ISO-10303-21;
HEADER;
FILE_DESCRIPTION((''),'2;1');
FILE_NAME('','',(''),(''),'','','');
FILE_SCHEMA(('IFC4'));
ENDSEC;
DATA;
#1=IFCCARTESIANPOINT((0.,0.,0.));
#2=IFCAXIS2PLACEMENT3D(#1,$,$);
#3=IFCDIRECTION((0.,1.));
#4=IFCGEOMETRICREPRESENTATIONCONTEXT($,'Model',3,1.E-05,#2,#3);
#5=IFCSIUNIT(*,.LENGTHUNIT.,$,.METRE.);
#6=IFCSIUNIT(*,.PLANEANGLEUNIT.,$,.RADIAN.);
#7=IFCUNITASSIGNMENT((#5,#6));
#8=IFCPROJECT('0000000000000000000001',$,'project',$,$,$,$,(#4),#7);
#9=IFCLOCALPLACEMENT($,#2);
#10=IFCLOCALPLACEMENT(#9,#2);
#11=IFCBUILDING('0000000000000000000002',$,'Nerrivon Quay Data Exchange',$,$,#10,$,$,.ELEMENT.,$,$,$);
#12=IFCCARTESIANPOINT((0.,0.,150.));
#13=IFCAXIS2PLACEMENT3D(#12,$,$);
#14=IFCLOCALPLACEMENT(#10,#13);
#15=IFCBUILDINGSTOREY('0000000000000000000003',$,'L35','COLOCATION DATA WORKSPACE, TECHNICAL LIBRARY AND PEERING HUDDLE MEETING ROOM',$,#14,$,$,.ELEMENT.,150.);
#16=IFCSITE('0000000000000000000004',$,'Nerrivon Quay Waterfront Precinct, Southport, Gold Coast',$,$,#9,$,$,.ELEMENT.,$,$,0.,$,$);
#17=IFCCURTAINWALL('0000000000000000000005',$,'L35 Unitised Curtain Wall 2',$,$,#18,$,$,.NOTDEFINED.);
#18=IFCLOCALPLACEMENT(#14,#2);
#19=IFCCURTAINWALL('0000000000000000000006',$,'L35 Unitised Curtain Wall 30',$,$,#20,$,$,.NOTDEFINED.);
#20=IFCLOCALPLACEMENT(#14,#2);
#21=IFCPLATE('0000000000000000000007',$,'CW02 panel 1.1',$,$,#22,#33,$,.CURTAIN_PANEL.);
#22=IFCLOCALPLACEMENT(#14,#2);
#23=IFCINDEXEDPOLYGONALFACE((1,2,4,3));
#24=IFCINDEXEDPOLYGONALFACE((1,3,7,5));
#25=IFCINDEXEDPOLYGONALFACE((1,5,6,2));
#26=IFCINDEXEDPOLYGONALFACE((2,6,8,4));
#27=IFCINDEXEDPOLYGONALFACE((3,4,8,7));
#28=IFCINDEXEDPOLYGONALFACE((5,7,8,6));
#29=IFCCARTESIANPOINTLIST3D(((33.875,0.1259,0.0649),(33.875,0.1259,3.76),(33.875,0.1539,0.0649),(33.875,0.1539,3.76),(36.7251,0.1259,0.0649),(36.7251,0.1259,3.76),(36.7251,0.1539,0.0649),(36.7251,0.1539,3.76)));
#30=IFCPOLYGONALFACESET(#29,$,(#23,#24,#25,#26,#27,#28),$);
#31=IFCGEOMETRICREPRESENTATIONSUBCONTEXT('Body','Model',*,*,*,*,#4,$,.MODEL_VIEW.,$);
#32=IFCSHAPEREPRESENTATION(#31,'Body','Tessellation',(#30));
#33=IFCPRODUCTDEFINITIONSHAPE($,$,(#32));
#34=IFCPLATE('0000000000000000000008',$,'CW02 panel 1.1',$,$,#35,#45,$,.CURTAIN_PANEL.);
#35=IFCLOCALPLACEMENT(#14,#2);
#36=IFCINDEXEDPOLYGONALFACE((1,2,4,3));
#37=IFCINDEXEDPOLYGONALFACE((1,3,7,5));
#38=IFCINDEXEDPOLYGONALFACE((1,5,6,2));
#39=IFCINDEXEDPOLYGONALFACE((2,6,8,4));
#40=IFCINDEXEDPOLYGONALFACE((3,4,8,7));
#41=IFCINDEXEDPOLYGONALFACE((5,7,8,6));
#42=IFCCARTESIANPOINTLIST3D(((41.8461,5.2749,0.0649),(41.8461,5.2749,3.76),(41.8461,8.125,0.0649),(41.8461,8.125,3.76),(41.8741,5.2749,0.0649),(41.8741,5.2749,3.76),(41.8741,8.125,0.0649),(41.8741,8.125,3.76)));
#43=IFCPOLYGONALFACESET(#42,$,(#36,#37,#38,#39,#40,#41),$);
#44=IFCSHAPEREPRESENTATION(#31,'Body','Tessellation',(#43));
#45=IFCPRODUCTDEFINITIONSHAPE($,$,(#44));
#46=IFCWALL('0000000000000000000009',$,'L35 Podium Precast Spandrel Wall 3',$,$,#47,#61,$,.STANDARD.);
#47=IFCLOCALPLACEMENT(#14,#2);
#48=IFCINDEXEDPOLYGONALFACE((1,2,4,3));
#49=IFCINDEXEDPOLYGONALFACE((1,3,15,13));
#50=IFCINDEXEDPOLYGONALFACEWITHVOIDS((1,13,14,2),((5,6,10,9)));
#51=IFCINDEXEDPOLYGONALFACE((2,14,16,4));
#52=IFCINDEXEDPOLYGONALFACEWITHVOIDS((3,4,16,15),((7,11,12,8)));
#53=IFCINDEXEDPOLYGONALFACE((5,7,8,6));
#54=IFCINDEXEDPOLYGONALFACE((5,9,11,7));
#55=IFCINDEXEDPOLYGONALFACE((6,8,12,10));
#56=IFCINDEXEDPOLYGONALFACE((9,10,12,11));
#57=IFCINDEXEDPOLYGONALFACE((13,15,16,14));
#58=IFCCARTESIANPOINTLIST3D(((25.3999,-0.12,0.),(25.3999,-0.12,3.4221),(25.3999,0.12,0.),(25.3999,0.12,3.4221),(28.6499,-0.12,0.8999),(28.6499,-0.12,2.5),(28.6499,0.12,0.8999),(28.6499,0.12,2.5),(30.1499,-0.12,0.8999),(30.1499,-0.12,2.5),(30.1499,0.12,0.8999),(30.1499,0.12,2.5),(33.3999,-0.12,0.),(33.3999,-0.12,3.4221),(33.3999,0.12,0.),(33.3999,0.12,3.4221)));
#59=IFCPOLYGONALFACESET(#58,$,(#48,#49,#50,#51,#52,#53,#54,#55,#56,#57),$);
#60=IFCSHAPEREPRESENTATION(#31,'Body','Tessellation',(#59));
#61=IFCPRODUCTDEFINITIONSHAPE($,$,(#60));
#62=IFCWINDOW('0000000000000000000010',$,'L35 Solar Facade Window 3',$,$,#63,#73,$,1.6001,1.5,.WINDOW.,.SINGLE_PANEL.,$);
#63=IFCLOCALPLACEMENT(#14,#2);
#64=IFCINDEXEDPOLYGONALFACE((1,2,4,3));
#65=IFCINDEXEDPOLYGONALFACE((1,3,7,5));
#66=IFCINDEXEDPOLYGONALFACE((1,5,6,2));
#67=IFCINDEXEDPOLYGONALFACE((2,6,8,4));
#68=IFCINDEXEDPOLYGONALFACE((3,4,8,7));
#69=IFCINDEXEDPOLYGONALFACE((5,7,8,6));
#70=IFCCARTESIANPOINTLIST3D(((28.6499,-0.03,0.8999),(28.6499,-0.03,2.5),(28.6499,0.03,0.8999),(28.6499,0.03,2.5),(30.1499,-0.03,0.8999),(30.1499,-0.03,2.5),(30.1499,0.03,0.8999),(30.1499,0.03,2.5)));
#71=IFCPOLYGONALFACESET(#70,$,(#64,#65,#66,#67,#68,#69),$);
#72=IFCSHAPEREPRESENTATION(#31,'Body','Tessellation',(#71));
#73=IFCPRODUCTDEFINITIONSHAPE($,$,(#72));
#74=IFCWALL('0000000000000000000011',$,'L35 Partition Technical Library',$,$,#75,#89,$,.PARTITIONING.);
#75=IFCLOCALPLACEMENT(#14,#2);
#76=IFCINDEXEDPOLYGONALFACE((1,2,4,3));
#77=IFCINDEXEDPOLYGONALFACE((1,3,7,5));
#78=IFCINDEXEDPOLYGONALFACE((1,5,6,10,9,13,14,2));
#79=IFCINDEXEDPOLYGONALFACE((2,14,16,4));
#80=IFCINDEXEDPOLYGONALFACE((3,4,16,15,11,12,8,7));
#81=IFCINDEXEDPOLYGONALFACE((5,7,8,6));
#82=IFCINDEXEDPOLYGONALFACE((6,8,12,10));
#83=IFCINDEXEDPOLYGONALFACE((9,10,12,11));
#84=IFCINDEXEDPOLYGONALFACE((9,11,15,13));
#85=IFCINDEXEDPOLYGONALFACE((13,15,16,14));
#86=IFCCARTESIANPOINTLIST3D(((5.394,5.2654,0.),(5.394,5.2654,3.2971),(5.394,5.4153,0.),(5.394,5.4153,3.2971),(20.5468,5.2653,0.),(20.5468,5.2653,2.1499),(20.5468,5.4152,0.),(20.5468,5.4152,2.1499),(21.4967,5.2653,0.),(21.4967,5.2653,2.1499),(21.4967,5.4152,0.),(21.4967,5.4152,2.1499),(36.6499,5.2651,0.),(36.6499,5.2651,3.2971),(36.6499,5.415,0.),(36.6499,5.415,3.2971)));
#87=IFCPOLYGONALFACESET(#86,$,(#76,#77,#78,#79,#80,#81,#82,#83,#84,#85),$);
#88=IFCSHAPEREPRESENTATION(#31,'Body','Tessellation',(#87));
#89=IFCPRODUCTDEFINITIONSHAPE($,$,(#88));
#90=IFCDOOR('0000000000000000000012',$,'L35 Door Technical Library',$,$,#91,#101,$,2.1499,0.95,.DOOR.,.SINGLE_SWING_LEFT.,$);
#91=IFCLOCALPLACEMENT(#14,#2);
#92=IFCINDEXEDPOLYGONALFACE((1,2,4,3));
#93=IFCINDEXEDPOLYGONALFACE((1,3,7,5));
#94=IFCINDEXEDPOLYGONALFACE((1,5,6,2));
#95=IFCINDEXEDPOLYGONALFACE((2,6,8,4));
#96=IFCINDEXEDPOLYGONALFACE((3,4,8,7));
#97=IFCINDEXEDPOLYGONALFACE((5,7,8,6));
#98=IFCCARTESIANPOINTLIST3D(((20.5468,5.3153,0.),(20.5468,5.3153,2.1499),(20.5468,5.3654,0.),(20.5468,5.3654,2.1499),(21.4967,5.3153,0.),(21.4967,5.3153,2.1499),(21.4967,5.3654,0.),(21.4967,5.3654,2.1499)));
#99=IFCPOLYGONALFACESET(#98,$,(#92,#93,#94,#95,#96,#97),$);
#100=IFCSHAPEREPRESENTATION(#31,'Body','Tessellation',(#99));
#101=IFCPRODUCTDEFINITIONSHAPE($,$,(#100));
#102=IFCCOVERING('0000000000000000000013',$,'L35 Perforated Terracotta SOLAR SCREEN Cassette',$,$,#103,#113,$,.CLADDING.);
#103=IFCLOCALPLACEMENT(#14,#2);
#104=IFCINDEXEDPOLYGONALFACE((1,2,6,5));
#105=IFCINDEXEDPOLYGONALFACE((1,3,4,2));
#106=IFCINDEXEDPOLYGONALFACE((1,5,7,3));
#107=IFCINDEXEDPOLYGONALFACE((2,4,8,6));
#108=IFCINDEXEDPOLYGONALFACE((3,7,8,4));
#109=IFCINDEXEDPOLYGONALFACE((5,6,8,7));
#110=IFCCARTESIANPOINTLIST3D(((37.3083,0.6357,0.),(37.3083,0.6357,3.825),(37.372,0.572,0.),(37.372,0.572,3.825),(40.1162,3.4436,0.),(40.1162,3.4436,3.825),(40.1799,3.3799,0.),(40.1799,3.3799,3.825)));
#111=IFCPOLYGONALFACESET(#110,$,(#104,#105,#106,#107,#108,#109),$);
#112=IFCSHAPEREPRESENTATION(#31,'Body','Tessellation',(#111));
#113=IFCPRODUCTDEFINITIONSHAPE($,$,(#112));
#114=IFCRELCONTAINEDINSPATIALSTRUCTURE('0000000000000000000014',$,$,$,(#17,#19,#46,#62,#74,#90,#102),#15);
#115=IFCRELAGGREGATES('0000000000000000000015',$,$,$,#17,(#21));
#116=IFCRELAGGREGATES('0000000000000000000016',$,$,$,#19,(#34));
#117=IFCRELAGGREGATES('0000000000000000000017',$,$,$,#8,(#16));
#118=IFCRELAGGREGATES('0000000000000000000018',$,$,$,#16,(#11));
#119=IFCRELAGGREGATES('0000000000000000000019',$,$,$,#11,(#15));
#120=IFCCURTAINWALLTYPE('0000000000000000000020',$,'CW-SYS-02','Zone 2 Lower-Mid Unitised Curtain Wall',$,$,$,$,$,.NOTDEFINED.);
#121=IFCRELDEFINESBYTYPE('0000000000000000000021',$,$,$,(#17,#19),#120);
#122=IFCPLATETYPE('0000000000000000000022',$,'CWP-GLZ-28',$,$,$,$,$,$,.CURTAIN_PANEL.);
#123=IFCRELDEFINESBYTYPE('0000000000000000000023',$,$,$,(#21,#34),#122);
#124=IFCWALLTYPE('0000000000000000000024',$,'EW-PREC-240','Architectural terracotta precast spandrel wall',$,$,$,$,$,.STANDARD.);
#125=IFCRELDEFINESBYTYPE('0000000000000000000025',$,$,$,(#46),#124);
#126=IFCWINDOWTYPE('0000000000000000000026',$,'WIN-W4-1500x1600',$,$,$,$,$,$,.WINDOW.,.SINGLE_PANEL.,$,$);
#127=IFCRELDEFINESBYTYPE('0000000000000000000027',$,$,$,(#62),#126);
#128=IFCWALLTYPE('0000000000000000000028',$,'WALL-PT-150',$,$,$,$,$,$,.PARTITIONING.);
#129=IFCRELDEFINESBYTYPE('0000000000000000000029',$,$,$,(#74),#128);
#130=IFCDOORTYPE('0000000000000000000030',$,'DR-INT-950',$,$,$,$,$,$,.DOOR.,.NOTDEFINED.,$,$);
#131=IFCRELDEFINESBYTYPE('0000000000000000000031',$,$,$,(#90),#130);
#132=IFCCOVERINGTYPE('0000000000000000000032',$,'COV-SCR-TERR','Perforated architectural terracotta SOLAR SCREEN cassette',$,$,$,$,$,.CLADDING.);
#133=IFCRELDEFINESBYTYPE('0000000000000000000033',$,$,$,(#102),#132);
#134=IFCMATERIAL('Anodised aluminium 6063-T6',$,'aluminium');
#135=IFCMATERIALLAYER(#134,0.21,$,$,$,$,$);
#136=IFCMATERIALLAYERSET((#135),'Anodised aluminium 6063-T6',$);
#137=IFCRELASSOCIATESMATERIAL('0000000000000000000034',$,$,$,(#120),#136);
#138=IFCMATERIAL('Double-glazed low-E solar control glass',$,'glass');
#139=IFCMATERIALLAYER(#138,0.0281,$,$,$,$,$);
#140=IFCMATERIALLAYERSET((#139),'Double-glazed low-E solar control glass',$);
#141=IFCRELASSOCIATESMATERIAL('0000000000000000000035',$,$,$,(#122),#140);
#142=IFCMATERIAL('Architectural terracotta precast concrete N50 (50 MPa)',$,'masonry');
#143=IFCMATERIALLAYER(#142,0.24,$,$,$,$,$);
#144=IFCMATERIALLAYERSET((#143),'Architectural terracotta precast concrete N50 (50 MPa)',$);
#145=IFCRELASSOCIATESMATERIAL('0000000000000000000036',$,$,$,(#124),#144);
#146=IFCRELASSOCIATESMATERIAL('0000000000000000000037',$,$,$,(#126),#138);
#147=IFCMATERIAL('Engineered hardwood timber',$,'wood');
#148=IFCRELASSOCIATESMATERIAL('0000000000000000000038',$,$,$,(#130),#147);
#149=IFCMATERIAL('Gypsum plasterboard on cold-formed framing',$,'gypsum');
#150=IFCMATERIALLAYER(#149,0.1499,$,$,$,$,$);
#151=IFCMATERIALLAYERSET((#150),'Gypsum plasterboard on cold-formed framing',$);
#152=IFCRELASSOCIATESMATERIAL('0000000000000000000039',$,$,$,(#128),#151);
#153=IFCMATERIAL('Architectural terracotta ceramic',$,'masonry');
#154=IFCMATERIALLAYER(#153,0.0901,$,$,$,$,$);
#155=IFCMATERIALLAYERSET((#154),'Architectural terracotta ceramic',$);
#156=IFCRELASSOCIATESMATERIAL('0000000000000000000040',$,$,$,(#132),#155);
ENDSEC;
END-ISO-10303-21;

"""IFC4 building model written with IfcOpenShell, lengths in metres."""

from ifc_helpers import new_model, si_unit, direction, frame, frame_2d, origin, origin_2d, place, context, subcontext, project, spatial, rectangle, extrude, material, layer, layer_set, type_object, element, fill, aggregate, save


model = new_model("IFC4")

# Units and contexts
model_context = context("Model", 3, precision=1e-05, world=origin(), true_north=direction((0.0, 1.0)))
body_context = subcontext(model_context, "Body", "Model", "MODEL_VIEW")
ifc_project = project(units=[si_unit("LENGTHUNIT", "METRE"), si_unit("PLANEANGLEUNIT", "RADIAN")], contexts=[model_context])

# Site, building, storey
site_placement = place(None, origin())
site = spatial("IfcSite", under=ifc_project, at=site_placement, Name="Nerrivon Quay Waterfront Precinct, Southport, Gold Coast", CompositionType="ELEMENT", RefElevation=0.0)
building_placement = place(site_placement, origin())
building = spatial("IfcBuilding", under=site, at=building_placement, Name="Nerrivon Quay Data Exchange", CompositionType="ELEMENT")
storey_placement = place(building_placement, frame((0.0, 0.0, 150.0)))
storey = spatial("IfcBuildingStorey", under=building, at=storey_placement, Name="L35", Description="COLOCATION DATA WORKSPACE, TECHNICAL LIBRARY AND PEERING HUDDLE MEETING ROOM", CompositionType="ELEMENT", Elevation=150.0)

# Curtain walls
ifc_material_1 = material(Name="Anodised aluminium 6063-T6", Category="aluminium")
ifc_layer_1 = layer(ifc_material_1, 0.21)
ifc_layer_set_1 = layer_set([ifc_layer_1], Name="Anodised aluminium 6063-T6")
curtain_wall_type = type_object("IfcCurtainWallType", Name="CW-SYS-02", Description="Zone 2 Lower-Mid Unitised Curtain Wall", PredefinedType="NOTDEFINED", material=ifc_layer_set_1)
curtain_wall_1_placement = place(storey_placement, origin())
curtain_wall_1 = element("IfcCurtainWall", 1, at=curtain_wall_1_placement, inside=storey, type_object=curtain_wall_type, Name="L35 Unitised Curtain Wall 2", PredefinedType="NOTDEFINED")
curtain_wall_2_placement = place(storey_placement, origin())
curtain_wall_2 = element("IfcCurtainWall", 2, at=curtain_wall_2_placement, inside=storey, type_object=curtain_wall_type, Name="L35 Unitised Curtain Wall 30", PredefinedType="NOTDEFINED")

# Plates
ifc_material_2 = material(Name="Double-glazed low-E solar control glass", Category="glass")
ifc_layer_2 = layer(ifc_material_2, 0.0281)
ifc_layer_set_2 = layer_set([ifc_layer_2], Name="Double-glazed low-E solar control glass")
plate_type = type_object("IfcPlateType", Name="CWP-GLZ-28", PredefinedType="CURTAIN_PANEL", material=ifc_layer_set_2)
plate_1_placement = place(storey_placement, frame((35.3, 0.1399, 0.0649), z_axis=(0.0, 0.0, 1.0), x_axis=(-1.0, 0.0, 0.0)))
plate_1 = element("IfcPlate", 3, at=plate_1_placement, type_object=plate_type, Name="CW02 panel 1.1", PredefinedType="CURTAIN_PANEL", context=body_context, shape_type="SweptSolid", body=[
    extrude(rectangle(XDim=2.8501, YDim=0.0281, at=origin_2d()), origin(), (0.0, 0.0, 1.0), 3.6951),
])
aggregate(curtain_wall_1, [plate_1])
plate_2_placement = place(storey_placement, frame((41.8601, 6.7, 0.0649), z_axis=(0.0, 0.0, 1.0), x_axis=(0.0, -1.0, 0.0)))
plate_2 = element("IfcPlate", 4, at=plate_2_placement, type_object=plate_type, Name="CW02 panel 1.1", PredefinedType="CURTAIN_PANEL", context=body_context, shape_type="SweptSolid", body=[
    extrude(rectangle(XDim=2.8501, YDim=0.0281, at=origin_2d()), origin(), (0.0, 0.0, 1.0), 3.6951),
])
aggregate(curtain_wall_2, [plate_2])

# Wall, opening, window
ifc_material_3 = material(Name="Architectural terracotta precast concrete N50 (50 MPa)", Category="masonry")
ifc_layer_3 = layer(ifc_material_3, 0.24)
ifc_layer_set_3 = layer_set([ifc_layer_3], Name="Architectural terracotta precast concrete N50 (50 MPa)")
wall_type_1 = type_object("IfcWallType", Name="EW-PREC-240", Description="Architectural terracotta precast spandrel wall", PredefinedType="STANDARD", material=ifc_layer_set_3)
wall_1_placement = place(storey_placement, frame((33.3999, 0.0, 0.0), z_axis=(0.0, 0.0, 1.0), x_axis=(-1.0, 0.0, 0.0)))
wall_1 = element("IfcWall", 5, at=wall_1_placement, inside=storey, type_object=wall_type_1, Name="L35 Podium Precast Spandrel Wall 3", PredefinedType="STANDARD", context=body_context, shape_type="SweptSolid", body=[
    extrude(rectangle(XDim=8.0, YDim=0.24, at=frame_2d((4.0, 0.0))), origin(), (0.0, 0.0, 1.0), 3.4221),
])
opening_1_placement = place(wall_1_placement, frame((3.25, 0.0, 0.8999)))
opening_1 = element("IfcOpeningElement", 6, at=opening_1_placement, cuts=wall_1, PredefinedType="OPENING", context=body_context, shape_type="SweptSolid", body=[
    extrude(rectangle(XDim=1.5, YDim=1.6001, at=frame_2d((0.75, 0.8))), frame((0.0, 0.1299, 0.0), z_axis=(0.0, -1.0, 0.0), x_axis=(1.0, 0.0, 0.0)), (0.0, 0.0, 1.0), 0.26),
])
window_type = type_object("IfcWindowType", Name="WIN-W4-1500x1600", PartitioningType="SINGLE_PANEL", PredefinedType="WINDOW", material=ifc_material_2)
window_placement = place(opening_1_placement, origin())
window = element("IfcWindow", 7, at=window_placement, inside=storey, type_object=window_type, Name="L35 Solar Facade Window 3", OverallHeight=1.6001, OverallWidth=1.5, PartitioningType="SINGLE_PANEL", PredefinedType="WINDOW", context=body_context, shape_type="SweptSolid", body=[
    extrude(rectangle(XDim=1.5, YDim=1.6001, at=frame_2d((0.75, 0.8))), frame((0.0, 0.03, 0.0), z_axis=(0.0, -1.0, 0.0), x_axis=(1.0, 0.0, 0.0)), (0.0, 0.0, 1.0), 0.0601),
])
fill(opening_1, window)

# Wall, opening, door
ifc_material_4 = material(Name="Gypsum plasterboard on cold-formed framing", Category="gypsum")
ifc_material_5 = material(Name="Engineered hardwood timber", Category="wood")
door_type = type_object("IfcDoorType", Name="DR-INT-950", OperationType="NOTDEFINED", PredefinedType="DOOR", material=ifc_material_5)
ifc_layer_4 = layer(ifc_material_4, 0.1499)
ifc_layer_set_4 = layer_set([ifc_layer_4], Name="Gypsum plasterboard on cold-formed framing")
wall_type_2 = type_object("IfcWallType", Name="WALL-PT-150", PredefinedType="PARTITIONING", material=ifc_layer_set_4)
wall_2_placement = place(storey_placement, frame((36.6499, 5.3401, 0.0), z_axis=(0.0, 0.0, 1.0), x_axis=(-1.0, 0.000008, 0.0)))
wall_2 = element("IfcWall", 8, at=wall_2_placement, inside=storey, type_object=wall_type_2, Name="L35 Partition Technical Library", PredefinedType="PARTITIONING", context=body_context, shape_type="SweptSolid", body=[
    extrude(rectangle(XDim=31.2559, YDim=0.1499, at=frame_2d((15.6279, 0.0))), origin(), (0.0, 0.0, 1.0), 3.2971),
])
opening_2_placement = place(wall_2_placement, frame((15.1531, 0.0, 0.0)))
opening_2 = element("IfcOpeningElement", 9, at=opening_2_placement, cuts=wall_2, PredefinedType="OPENING", context=body_context, shape_type="SweptSolid", body=[
    extrude(rectangle(XDim=0.95, YDim=2.1499, at=frame_2d((0.4751, 1.075))), frame((0.0, 0.085, 0.0), z_axis=(0.0, -1.0, 0.0), x_axis=(1.0, 0.0, 0.0)), (0.0, 0.0, 1.0), 0.1699),
])
door_1_placement = place(opening_2_placement, origin())
door_1 = element("IfcDoor", 10, at=door_1_placement, inside=storey, type_object=door_type, Name="L35 Door Technical Library", OperationType="SINGLE_SWING_LEFT", OverallHeight=2.1499, OverallWidth=0.95, PredefinedType="DOOR", context=body_context, shape_type="SweptSolid", body=[
    extrude(rectangle(XDim=0.95, YDim=2.1499, at=frame_2d((0.4751, 1.075))), frame((0.0, 0.0249, 0.0), z_axis=(0.0, -1.0, 0.0), x_axis=(1.0, 0.0, 0.0)), (0.0, 0.0, 1.0), 0.05),
])
fill(opening_2, door_1)

# Covering
ifc_material_6 = material(Name="Architectural terracotta ceramic", Category="masonry")
ifc_layer_5 = layer(ifc_material_6, 0.0901)
ifc_layer_set_5 = layer_set([ifc_layer_5], Name="Architectural terracotta ceramic")
covering_type = type_object("IfcCoveringType", Name="COV-SCR-TERR", Description="Perforated architectural terracotta SOLAR SCREEN cassette", PredefinedType="CLADDING", material=ifc_layer_set_5)
covering_placement = place(storey_placement, frame((38.7441, 2.0078, 0.0), z_axis=(0.0, 0.0, 1.0), x_axis=(-0.707107, -0.707107, 0.0)))
element("IfcCovering", 11, at=covering_placement, inside=storey, type_object=covering_type, Name="L35 Perforated Terracotta SOLAR SCREEN Cassette", PredefinedType="CLADDING", context=body_context, shape_type="SweptSolid", body=[
    extrude(rectangle(XDim=3.9709, YDim=0.0901, at=origin_2d()), origin(), (0.0, 0.0, 1.0), 3.825),
])

save(model, "model.ifc")
